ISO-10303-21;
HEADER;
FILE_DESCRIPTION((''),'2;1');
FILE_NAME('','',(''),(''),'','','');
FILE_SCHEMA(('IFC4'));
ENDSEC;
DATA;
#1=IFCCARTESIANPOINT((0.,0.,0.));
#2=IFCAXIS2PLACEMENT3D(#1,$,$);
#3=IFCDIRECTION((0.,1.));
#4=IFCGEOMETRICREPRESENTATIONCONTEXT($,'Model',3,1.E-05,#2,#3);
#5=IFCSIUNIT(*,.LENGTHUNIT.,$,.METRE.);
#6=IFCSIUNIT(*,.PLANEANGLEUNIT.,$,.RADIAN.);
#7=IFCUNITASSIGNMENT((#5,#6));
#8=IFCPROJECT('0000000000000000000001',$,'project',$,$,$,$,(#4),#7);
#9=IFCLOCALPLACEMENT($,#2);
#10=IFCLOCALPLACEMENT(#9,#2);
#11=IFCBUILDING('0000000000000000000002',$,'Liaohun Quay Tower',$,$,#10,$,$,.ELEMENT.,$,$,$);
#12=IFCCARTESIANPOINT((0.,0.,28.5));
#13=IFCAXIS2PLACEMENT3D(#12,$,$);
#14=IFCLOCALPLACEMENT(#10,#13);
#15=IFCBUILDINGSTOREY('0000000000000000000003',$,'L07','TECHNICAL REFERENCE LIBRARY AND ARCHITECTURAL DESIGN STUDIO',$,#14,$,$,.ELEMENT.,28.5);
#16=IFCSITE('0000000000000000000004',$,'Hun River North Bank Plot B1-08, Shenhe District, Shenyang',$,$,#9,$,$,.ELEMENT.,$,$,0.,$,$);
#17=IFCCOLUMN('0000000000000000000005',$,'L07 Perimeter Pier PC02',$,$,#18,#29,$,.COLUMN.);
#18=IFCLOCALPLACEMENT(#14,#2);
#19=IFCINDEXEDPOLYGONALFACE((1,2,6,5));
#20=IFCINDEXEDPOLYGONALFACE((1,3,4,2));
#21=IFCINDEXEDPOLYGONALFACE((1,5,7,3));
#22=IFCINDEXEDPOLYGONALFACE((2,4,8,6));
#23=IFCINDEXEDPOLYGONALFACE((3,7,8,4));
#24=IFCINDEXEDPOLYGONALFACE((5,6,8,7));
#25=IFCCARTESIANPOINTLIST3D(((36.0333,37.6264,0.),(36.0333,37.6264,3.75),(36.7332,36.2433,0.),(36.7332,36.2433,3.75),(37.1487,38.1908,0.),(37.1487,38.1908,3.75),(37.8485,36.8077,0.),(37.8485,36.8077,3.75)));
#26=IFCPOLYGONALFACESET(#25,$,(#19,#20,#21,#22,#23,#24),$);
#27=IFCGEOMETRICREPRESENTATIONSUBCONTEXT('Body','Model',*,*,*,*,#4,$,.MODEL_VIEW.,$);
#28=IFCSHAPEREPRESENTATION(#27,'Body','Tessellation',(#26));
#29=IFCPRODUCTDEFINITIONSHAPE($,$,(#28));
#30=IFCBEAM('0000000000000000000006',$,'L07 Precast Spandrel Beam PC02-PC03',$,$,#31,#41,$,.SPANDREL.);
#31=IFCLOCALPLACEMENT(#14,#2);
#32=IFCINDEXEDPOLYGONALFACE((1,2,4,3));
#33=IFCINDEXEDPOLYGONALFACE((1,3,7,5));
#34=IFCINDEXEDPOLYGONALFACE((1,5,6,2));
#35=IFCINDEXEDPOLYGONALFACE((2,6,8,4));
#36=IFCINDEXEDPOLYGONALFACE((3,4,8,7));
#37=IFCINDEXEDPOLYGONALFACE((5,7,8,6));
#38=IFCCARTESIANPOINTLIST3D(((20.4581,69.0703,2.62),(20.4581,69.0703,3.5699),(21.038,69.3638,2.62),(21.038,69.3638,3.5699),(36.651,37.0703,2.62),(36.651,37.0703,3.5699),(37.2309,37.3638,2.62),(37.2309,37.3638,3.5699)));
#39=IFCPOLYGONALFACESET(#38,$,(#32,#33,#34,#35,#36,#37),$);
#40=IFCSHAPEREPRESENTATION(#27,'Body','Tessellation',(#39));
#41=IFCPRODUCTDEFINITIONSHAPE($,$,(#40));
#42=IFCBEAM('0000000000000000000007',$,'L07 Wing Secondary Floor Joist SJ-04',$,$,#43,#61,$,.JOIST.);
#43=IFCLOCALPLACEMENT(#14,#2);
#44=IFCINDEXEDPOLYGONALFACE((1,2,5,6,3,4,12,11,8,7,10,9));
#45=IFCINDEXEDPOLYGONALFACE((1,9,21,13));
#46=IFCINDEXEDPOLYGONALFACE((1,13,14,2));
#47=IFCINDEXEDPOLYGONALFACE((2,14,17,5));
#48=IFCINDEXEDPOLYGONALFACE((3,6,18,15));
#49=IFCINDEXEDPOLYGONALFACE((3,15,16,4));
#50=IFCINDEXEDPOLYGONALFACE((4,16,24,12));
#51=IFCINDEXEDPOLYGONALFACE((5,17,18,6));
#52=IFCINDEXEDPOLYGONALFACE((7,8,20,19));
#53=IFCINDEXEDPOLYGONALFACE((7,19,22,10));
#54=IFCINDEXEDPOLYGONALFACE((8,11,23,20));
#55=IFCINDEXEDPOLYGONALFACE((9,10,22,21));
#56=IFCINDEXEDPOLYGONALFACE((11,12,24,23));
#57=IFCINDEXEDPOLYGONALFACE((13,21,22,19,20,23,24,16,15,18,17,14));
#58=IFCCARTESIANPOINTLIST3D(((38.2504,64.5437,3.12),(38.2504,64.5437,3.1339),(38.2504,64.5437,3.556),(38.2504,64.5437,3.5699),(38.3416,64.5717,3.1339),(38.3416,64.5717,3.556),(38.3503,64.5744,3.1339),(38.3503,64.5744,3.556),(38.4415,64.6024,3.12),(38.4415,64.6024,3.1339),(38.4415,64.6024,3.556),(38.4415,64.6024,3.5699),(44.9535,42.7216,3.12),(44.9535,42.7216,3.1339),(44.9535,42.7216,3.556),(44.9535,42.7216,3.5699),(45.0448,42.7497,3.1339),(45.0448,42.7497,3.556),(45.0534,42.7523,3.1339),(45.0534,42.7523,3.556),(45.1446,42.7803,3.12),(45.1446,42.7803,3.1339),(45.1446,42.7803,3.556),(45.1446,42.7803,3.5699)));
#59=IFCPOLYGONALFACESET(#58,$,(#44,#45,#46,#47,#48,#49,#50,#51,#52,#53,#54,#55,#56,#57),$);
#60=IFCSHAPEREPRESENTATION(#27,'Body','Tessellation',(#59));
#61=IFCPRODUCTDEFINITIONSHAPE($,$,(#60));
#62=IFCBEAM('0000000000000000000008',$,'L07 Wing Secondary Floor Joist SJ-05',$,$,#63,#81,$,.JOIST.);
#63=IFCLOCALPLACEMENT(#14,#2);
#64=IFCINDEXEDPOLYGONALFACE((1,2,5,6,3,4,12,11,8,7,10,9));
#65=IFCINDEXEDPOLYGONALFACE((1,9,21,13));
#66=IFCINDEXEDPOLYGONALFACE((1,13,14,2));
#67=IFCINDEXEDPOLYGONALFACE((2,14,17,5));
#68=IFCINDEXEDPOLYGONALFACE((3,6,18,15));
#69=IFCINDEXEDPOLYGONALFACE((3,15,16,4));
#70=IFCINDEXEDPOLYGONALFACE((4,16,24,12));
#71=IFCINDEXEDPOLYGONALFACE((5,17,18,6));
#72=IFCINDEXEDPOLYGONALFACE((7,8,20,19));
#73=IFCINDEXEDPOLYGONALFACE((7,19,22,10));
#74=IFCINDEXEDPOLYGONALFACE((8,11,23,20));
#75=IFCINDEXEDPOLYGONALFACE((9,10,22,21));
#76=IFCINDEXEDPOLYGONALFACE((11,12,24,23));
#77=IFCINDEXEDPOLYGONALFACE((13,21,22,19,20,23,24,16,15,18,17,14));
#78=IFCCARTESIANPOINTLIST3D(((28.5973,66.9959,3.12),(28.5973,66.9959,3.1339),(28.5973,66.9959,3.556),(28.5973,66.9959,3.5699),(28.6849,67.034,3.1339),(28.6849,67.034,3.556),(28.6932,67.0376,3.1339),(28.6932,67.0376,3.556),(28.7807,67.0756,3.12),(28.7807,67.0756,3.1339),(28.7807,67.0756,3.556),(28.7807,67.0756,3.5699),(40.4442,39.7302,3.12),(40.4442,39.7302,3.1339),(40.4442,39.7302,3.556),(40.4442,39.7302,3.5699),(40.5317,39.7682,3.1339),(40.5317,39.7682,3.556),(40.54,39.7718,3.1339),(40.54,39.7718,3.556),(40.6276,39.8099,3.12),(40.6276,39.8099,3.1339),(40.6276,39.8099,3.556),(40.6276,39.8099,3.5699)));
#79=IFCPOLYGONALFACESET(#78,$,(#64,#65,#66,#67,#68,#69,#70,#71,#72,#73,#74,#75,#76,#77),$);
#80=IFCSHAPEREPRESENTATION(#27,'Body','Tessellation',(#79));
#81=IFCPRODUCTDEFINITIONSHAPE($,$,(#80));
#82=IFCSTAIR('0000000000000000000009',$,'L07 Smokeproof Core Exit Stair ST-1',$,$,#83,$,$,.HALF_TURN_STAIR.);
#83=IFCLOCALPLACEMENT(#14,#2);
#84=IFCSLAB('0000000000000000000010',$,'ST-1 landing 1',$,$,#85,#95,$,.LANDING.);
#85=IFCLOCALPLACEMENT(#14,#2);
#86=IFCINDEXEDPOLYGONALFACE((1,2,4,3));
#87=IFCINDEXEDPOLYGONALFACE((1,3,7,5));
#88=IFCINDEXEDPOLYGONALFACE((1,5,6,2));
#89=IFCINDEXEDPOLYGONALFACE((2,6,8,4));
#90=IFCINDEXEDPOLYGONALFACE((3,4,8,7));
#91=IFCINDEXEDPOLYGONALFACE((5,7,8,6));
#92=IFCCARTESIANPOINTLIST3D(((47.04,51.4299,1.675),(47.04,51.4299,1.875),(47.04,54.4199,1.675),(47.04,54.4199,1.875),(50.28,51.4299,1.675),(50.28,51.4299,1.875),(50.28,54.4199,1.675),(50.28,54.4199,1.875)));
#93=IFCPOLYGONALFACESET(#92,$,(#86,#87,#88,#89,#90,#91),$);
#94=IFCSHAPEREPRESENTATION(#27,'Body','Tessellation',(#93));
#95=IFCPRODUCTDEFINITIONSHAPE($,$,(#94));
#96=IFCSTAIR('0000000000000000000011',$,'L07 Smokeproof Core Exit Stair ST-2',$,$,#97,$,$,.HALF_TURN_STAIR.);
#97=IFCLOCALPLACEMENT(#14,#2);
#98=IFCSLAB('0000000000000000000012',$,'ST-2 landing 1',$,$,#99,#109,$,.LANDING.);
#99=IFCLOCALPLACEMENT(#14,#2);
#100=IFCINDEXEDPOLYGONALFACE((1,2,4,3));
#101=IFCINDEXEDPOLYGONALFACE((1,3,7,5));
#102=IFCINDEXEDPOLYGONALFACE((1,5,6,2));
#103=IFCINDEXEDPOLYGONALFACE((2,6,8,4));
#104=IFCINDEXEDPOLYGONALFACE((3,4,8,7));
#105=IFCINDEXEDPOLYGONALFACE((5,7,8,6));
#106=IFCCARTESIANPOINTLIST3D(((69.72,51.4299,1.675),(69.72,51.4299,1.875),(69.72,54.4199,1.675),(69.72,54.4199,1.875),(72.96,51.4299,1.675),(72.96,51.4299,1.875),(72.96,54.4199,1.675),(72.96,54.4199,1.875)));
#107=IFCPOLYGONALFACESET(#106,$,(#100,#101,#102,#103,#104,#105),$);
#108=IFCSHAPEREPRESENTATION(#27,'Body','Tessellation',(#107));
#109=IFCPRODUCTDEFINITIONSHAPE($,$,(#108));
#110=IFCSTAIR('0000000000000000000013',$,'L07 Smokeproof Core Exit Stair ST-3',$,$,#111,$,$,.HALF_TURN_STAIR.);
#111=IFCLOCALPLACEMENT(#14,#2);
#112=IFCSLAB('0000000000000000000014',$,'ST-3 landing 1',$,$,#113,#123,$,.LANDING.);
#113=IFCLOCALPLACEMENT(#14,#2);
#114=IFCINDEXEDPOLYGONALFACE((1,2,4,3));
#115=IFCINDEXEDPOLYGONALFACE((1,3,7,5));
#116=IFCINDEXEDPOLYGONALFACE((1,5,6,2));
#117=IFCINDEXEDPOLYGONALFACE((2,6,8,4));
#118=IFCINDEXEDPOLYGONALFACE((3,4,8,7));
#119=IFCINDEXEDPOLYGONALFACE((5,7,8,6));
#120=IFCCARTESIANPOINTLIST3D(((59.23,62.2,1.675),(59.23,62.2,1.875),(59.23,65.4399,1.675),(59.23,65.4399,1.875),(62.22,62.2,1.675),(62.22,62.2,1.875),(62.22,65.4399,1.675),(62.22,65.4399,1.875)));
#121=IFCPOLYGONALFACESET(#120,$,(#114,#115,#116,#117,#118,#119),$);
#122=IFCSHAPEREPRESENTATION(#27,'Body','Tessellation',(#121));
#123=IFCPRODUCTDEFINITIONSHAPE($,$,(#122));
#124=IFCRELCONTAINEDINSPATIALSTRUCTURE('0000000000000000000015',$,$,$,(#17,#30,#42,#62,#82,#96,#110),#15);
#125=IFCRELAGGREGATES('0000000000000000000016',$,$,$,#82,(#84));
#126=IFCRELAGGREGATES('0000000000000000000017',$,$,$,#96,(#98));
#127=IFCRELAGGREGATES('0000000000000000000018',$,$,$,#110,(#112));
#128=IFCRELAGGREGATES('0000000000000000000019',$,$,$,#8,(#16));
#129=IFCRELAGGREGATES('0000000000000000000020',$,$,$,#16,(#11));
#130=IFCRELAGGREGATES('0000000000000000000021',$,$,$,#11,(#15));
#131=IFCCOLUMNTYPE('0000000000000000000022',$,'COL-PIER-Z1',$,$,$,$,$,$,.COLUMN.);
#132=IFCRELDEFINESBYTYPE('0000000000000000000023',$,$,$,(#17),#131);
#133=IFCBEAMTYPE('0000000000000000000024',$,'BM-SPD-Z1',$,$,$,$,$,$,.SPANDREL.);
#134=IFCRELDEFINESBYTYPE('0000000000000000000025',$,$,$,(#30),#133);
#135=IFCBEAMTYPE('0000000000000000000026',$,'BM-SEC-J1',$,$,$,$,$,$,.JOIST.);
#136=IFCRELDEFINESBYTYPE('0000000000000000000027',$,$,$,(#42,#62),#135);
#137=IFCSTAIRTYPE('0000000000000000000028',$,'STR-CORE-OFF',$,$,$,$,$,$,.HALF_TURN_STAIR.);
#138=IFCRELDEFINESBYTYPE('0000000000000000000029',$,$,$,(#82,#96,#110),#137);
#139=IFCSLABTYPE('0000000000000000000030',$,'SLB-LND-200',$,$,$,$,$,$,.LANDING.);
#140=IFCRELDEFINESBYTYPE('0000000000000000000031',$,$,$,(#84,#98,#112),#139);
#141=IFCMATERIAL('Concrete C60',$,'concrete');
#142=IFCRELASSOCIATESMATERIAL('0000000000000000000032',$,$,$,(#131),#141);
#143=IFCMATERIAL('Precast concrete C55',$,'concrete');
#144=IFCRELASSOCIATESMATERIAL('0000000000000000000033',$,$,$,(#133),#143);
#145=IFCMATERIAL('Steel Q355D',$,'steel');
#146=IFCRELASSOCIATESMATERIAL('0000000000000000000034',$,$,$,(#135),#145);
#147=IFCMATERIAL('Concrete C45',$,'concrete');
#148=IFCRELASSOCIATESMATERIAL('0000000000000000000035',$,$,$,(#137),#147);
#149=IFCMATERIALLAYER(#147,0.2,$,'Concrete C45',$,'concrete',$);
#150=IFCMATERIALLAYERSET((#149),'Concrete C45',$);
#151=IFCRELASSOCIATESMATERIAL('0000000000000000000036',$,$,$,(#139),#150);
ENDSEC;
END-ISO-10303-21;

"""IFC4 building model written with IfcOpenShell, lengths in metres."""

from ifc_helpers import new_model, si_unit, direction, frame, origin, origin_2d, place, context, subcontext, project, spatial, polyline, rectangle, i_section, outline, extrude, source, transform, mapped, material, layer, layer_set, material_profile, profile_set, type_object, element, aggregate, save


model = new_model("IFC4")

# Units and contexts
model_context = context("Model", 3, precision=1e-05, world=origin(), true_north=direction((0.0, 1.0)))
body_context = subcontext(model_context, "Body", "Model", "MODEL_VIEW")
ifc_project = project(units=[si_unit("LENGTHUNIT", "METRE"), si_unit("PLANEANGLEUNIT", "RADIAN")], contexts=[model_context])

# Site, building, storey
site_placement = place(None, origin())
site = spatial("IfcSite", under=ifc_project, at=site_placement, Name="Hun River North Bank Plot B1-08, Shenhe District, Shenyang", CompositionType="ELEMENT", RefElevation=0.0)
building_placement = place(site_placement, origin())
building = spatial("IfcBuilding", under=site, at=building_placement, Name="Liaohun Quay Tower", CompositionType="ELEMENT")
storey_placement = place(building_placement, frame((0.0, 0.0, 28.5)))
storey = spatial("IfcBuildingStorey", under=building, at=storey_placement, Name="L07", Description="TECHNICAL REFERENCE LIBRARY AND ARCHITECTURAL DESIGN STUDIO", CompositionType="ELEMENT", Elevation=28.5)

# Column
ifc_material_1 = material(Name="Concrete C60", Category="concrete")
ifc_material_profile_1 = material_profile(ifc_material_1, rectangle(XDim=1.55, YDim=1.25, at=origin_2d()), Name="RC1550x1250")
ifc_profile_set_1 = profile_set([ifc_material_profile_1], Name="Concrete C60")
column_type = type_object("IfcColumnType", Name="COL-PIER-Z1", PredefinedType="COLUMN", material=ifc_profile_set_1)
shared_shape_1 = source(origin(), body_context, "Body", "SweptSolid", [
    extrude(rectangle(XDim=1.55, YDim=1.25, at=origin_2d()), origin(), (0.0, 0.0, 1.0), 3.75),
])
column_placement = place(storey_placement, frame((36.9409, 37.217, 0.0), z_axis=(0.0, 0.0, 1.0), x_axis=(-0.451501, 0.892271, 0.0)))
element("IfcColumn", 1, at=column_placement, inside=storey, type_object=column_type, Name="L07 Perimeter Pier PC02", PredefinedType="COLUMN", context=body_context, shape_type="MappedRepresentation", body=[
    mapped(shared_shape_1, transform((0.0, 0.0, 0.0), x_axis=(1.0, 0.0, 0.0), y_axis=(0.0, 1.0, 0.0), z_axis=(0.0, 0.0, 1.0), scale=1.0)),
])

# Beams
ifc_material_2 = material(Name="Precast concrete C55", Category="concrete")
ifc_material_profile_2 = material_profile(ifc_material_2, rectangle(XDim=0.6499, YDim=0.95, at=origin_2d()), Name="RC650x950")
ifc_profile_set_2 = profile_set([ifc_material_profile_2], Name="Precast concrete C55")
beam_type_1 = type_object("IfcBeamType", Name="BM-SPD-Z1", PredefinedType="SPANDREL", material=ifc_profile_set_2)
shared_shape_2 = source(origin(), body_context, "Body", "SweptSolid", [
    extrude(rectangle(XDim=0.6499, YDim=0.95, at=origin_2d()), origin(), (0.0, 0.0, 1.0), 35.8638),
])
beam_1_placement = place(storey_placement, frame((36.9409, 37.217, 3.095), z_axis=(-0.451511, 0.892266, 0.0), x_axis=(-0.892266, -0.451511, 0.0)))
element("IfcBeam", 2, at=beam_1_placement, inside=storey, type_object=beam_type_1, Name="L07 Precast Spandrel Beam PC02-PC03", PredefinedType="SPANDREL", context=body_context, shape_type="MappedRepresentation", body=[
    mapped(shared_shape_2, transform((0.0, 0.0, 0.0), x_axis=(1.0, 0.0, 0.0), y_axis=(0.0, 1.0, 0.0), z_axis=(0.0, 0.0, 1.0), scale=1.0)),
])
ifc_material_3 = material(Name="Steel Q355D", Category="steel")
ifc_material_profile_3 = material_profile(ifc_material_3, i_section(OverallWidth=0.2, OverallDepth=0.45, WebThickness=0.009, FlangeThickness=0.0139, at=origin_2d()), Name="HN450x200x9x14")
ifc_profile_set_3 = profile_set([ifc_material_profile_3], Name="Steel Q355D")
beam_type_2 = type_object("IfcBeamType", Name="BM-SEC-J1", PredefinedType="JOIST", material=ifc_profile_set_3)
shared_shape_3 = source(origin(), body_context, "Body", "SweptSolid", [
    extrude(i_section(OverallWidth=0.2, OverallDepth=0.45, WebThickness=0.009, FlangeThickness=0.0139, at=origin_2d()), origin(), (0.0, 0.0, 1.0), 22.8284),
])
beam_2_placement = place(storey_placement, frame((45.0491, 42.751, 3.345), z_axis=(-0.293632, 0.955919, 0.0), x_axis=(-0.955919, -0.293632, 0.0)))
element("IfcBeam", 3, at=beam_2_placement, inside=storey, type_object=beam_type_2, Name="L07 Wing Secondary Floor Joist SJ-04", PredefinedType="JOIST", context=body_context, shape_type="MappedRepresentation", body=[
    mapped(shared_shape_3, transform((0.0, 0.0, 0.0), x_axis=(1.0, 0.0, 0.0), y_axis=(0.0, 1.0, 0.0), z_axis=(0.0, 0.0, 1.0), scale=1.0)),
])
shared_shape_4 = source(origin(), body_context, "Body", "SweptSolid", [
    extrude(i_section(OverallWidth=0.2, OverallDepth=0.45, WebThickness=0.009, FlangeThickness=0.0139, at=origin_2d()), origin(), (0.0, 0.0, 1.0), 29.7283),
])
beam_3_placement = place(storey_placement, frame((40.5359, 39.77, 3.345), z_axis=(-0.398505, 0.917166, 0.0), x_axis=(-0.917166, -0.398505, 0.0)))
element("IfcBeam", 4, at=beam_3_placement, inside=storey, type_object=beam_type_2, Name="L07 Wing Secondary Floor Joist SJ-05", PredefinedType="JOIST", context=body_context, shape_type="MappedRepresentation", body=[
    mapped(shared_shape_4, transform((0.0, 0.0, 0.0), x_axis=(1.0, 0.0, 0.0), y_axis=(0.0, 1.0, 0.0), z_axis=(0.0, 0.0, 1.0), scale=1.0)),
])

# Stairs, slabs
ifc_material_4 = material(Name="Concrete C45", Category="concrete")
stair_type = type_object("IfcStairType", Name="STR-CORE-OFF", PredefinedType="HALF_TURN_STAIR", material=ifc_material_4)
stair_1_placement = place(storey_placement, origin())
stair_1 = element("IfcStair", 5, at=stair_1_placement, inside=storey, type_object=stair_type, Name="L07 Smokeproof Core Exit Stair ST-1", PredefinedType="HALF_TURN_STAIR")
ifc_layer_1 = layer(ifc_material_4, 0.2, Name="Concrete C45", Category="concrete")
ifc_layer_set_1 = layer_set([ifc_layer_1], Name="Concrete C45")
slab_type_1 = type_object("IfcSlabType", Name="SLB-LND-200", PredefinedType="LANDING", material=ifc_layer_set_1)
slab_1_placement = place(storey_placement, frame((0.0, 0.0, 1.675)))
slab_1 = element("IfcSlab", 6, at=slab_1_placement, type_object=slab_type_1, Name="ST-1 landing 1", PredefinedType="LANDING", context=body_context, shape_type="SweptSolid", body=[
    extrude(outline(polyline([(50.28, 51.4299), (50.28, 54.4199), (47.04, 54.4199), (47.04, 51.4299), (50.28, 51.4299)])), origin(), (0.0, 0.0, 1.0), 0.2),
])
aggregate(stair_1, [slab_1])
stair_2_placement = place(storey_placement, origin())
stair_2 = element("IfcStair", 7, at=stair_2_placement, inside=storey, type_object=stair_type, Name="L07 Smokeproof Core Exit Stair ST-2", PredefinedType="HALF_TURN_STAIR")
slab_2_placement = place(storey_placement, frame((0.0, 0.0, 1.675)))
slab_2 = element("IfcSlab", 8, at=slab_2_placement, type_object=slab_type_1, Name="ST-2 landing 1", PredefinedType="LANDING", context=body_context, shape_type="SweptSolid", body=[
    extrude(outline(polyline([(72.96, 51.4299), (72.96, 54.4199), (69.72, 54.4199), (69.72, 51.4299), (72.96, 51.4299)])), origin(), (0.0, 0.0, 1.0), 0.2),
])
aggregate(stair_2, [slab_2])
stair_3_placement = place(storey_placement, origin())
stair_3 = element("IfcStair", 9, at=stair_3_placement, inside=storey, type_object=stair_type, Name="L07 Smokeproof Core Exit Stair ST-3", PredefinedType="HALF_TURN_STAIR")
slab_3_placement = place(storey_placement, frame((0.0, 0.0, 1.675)))
slab_3 = element("IfcSlab", 10, at=slab_3_placement, type_object=slab_type_1, Name="ST-3 landing 1", PredefinedType="LANDING", context=body_context, shape_type="SweptSolid", body=[
    extrude(outline(polyline([(59.23, 62.2), (62.22, 62.2), (62.22, 65.4399), (59.23, 65.4399), (59.23, 62.2)])), origin(), (0.0, 0.0, 1.0), 0.2),
])
aggregate(stair_3, [slab_3])

save(model, "model.ifc")
